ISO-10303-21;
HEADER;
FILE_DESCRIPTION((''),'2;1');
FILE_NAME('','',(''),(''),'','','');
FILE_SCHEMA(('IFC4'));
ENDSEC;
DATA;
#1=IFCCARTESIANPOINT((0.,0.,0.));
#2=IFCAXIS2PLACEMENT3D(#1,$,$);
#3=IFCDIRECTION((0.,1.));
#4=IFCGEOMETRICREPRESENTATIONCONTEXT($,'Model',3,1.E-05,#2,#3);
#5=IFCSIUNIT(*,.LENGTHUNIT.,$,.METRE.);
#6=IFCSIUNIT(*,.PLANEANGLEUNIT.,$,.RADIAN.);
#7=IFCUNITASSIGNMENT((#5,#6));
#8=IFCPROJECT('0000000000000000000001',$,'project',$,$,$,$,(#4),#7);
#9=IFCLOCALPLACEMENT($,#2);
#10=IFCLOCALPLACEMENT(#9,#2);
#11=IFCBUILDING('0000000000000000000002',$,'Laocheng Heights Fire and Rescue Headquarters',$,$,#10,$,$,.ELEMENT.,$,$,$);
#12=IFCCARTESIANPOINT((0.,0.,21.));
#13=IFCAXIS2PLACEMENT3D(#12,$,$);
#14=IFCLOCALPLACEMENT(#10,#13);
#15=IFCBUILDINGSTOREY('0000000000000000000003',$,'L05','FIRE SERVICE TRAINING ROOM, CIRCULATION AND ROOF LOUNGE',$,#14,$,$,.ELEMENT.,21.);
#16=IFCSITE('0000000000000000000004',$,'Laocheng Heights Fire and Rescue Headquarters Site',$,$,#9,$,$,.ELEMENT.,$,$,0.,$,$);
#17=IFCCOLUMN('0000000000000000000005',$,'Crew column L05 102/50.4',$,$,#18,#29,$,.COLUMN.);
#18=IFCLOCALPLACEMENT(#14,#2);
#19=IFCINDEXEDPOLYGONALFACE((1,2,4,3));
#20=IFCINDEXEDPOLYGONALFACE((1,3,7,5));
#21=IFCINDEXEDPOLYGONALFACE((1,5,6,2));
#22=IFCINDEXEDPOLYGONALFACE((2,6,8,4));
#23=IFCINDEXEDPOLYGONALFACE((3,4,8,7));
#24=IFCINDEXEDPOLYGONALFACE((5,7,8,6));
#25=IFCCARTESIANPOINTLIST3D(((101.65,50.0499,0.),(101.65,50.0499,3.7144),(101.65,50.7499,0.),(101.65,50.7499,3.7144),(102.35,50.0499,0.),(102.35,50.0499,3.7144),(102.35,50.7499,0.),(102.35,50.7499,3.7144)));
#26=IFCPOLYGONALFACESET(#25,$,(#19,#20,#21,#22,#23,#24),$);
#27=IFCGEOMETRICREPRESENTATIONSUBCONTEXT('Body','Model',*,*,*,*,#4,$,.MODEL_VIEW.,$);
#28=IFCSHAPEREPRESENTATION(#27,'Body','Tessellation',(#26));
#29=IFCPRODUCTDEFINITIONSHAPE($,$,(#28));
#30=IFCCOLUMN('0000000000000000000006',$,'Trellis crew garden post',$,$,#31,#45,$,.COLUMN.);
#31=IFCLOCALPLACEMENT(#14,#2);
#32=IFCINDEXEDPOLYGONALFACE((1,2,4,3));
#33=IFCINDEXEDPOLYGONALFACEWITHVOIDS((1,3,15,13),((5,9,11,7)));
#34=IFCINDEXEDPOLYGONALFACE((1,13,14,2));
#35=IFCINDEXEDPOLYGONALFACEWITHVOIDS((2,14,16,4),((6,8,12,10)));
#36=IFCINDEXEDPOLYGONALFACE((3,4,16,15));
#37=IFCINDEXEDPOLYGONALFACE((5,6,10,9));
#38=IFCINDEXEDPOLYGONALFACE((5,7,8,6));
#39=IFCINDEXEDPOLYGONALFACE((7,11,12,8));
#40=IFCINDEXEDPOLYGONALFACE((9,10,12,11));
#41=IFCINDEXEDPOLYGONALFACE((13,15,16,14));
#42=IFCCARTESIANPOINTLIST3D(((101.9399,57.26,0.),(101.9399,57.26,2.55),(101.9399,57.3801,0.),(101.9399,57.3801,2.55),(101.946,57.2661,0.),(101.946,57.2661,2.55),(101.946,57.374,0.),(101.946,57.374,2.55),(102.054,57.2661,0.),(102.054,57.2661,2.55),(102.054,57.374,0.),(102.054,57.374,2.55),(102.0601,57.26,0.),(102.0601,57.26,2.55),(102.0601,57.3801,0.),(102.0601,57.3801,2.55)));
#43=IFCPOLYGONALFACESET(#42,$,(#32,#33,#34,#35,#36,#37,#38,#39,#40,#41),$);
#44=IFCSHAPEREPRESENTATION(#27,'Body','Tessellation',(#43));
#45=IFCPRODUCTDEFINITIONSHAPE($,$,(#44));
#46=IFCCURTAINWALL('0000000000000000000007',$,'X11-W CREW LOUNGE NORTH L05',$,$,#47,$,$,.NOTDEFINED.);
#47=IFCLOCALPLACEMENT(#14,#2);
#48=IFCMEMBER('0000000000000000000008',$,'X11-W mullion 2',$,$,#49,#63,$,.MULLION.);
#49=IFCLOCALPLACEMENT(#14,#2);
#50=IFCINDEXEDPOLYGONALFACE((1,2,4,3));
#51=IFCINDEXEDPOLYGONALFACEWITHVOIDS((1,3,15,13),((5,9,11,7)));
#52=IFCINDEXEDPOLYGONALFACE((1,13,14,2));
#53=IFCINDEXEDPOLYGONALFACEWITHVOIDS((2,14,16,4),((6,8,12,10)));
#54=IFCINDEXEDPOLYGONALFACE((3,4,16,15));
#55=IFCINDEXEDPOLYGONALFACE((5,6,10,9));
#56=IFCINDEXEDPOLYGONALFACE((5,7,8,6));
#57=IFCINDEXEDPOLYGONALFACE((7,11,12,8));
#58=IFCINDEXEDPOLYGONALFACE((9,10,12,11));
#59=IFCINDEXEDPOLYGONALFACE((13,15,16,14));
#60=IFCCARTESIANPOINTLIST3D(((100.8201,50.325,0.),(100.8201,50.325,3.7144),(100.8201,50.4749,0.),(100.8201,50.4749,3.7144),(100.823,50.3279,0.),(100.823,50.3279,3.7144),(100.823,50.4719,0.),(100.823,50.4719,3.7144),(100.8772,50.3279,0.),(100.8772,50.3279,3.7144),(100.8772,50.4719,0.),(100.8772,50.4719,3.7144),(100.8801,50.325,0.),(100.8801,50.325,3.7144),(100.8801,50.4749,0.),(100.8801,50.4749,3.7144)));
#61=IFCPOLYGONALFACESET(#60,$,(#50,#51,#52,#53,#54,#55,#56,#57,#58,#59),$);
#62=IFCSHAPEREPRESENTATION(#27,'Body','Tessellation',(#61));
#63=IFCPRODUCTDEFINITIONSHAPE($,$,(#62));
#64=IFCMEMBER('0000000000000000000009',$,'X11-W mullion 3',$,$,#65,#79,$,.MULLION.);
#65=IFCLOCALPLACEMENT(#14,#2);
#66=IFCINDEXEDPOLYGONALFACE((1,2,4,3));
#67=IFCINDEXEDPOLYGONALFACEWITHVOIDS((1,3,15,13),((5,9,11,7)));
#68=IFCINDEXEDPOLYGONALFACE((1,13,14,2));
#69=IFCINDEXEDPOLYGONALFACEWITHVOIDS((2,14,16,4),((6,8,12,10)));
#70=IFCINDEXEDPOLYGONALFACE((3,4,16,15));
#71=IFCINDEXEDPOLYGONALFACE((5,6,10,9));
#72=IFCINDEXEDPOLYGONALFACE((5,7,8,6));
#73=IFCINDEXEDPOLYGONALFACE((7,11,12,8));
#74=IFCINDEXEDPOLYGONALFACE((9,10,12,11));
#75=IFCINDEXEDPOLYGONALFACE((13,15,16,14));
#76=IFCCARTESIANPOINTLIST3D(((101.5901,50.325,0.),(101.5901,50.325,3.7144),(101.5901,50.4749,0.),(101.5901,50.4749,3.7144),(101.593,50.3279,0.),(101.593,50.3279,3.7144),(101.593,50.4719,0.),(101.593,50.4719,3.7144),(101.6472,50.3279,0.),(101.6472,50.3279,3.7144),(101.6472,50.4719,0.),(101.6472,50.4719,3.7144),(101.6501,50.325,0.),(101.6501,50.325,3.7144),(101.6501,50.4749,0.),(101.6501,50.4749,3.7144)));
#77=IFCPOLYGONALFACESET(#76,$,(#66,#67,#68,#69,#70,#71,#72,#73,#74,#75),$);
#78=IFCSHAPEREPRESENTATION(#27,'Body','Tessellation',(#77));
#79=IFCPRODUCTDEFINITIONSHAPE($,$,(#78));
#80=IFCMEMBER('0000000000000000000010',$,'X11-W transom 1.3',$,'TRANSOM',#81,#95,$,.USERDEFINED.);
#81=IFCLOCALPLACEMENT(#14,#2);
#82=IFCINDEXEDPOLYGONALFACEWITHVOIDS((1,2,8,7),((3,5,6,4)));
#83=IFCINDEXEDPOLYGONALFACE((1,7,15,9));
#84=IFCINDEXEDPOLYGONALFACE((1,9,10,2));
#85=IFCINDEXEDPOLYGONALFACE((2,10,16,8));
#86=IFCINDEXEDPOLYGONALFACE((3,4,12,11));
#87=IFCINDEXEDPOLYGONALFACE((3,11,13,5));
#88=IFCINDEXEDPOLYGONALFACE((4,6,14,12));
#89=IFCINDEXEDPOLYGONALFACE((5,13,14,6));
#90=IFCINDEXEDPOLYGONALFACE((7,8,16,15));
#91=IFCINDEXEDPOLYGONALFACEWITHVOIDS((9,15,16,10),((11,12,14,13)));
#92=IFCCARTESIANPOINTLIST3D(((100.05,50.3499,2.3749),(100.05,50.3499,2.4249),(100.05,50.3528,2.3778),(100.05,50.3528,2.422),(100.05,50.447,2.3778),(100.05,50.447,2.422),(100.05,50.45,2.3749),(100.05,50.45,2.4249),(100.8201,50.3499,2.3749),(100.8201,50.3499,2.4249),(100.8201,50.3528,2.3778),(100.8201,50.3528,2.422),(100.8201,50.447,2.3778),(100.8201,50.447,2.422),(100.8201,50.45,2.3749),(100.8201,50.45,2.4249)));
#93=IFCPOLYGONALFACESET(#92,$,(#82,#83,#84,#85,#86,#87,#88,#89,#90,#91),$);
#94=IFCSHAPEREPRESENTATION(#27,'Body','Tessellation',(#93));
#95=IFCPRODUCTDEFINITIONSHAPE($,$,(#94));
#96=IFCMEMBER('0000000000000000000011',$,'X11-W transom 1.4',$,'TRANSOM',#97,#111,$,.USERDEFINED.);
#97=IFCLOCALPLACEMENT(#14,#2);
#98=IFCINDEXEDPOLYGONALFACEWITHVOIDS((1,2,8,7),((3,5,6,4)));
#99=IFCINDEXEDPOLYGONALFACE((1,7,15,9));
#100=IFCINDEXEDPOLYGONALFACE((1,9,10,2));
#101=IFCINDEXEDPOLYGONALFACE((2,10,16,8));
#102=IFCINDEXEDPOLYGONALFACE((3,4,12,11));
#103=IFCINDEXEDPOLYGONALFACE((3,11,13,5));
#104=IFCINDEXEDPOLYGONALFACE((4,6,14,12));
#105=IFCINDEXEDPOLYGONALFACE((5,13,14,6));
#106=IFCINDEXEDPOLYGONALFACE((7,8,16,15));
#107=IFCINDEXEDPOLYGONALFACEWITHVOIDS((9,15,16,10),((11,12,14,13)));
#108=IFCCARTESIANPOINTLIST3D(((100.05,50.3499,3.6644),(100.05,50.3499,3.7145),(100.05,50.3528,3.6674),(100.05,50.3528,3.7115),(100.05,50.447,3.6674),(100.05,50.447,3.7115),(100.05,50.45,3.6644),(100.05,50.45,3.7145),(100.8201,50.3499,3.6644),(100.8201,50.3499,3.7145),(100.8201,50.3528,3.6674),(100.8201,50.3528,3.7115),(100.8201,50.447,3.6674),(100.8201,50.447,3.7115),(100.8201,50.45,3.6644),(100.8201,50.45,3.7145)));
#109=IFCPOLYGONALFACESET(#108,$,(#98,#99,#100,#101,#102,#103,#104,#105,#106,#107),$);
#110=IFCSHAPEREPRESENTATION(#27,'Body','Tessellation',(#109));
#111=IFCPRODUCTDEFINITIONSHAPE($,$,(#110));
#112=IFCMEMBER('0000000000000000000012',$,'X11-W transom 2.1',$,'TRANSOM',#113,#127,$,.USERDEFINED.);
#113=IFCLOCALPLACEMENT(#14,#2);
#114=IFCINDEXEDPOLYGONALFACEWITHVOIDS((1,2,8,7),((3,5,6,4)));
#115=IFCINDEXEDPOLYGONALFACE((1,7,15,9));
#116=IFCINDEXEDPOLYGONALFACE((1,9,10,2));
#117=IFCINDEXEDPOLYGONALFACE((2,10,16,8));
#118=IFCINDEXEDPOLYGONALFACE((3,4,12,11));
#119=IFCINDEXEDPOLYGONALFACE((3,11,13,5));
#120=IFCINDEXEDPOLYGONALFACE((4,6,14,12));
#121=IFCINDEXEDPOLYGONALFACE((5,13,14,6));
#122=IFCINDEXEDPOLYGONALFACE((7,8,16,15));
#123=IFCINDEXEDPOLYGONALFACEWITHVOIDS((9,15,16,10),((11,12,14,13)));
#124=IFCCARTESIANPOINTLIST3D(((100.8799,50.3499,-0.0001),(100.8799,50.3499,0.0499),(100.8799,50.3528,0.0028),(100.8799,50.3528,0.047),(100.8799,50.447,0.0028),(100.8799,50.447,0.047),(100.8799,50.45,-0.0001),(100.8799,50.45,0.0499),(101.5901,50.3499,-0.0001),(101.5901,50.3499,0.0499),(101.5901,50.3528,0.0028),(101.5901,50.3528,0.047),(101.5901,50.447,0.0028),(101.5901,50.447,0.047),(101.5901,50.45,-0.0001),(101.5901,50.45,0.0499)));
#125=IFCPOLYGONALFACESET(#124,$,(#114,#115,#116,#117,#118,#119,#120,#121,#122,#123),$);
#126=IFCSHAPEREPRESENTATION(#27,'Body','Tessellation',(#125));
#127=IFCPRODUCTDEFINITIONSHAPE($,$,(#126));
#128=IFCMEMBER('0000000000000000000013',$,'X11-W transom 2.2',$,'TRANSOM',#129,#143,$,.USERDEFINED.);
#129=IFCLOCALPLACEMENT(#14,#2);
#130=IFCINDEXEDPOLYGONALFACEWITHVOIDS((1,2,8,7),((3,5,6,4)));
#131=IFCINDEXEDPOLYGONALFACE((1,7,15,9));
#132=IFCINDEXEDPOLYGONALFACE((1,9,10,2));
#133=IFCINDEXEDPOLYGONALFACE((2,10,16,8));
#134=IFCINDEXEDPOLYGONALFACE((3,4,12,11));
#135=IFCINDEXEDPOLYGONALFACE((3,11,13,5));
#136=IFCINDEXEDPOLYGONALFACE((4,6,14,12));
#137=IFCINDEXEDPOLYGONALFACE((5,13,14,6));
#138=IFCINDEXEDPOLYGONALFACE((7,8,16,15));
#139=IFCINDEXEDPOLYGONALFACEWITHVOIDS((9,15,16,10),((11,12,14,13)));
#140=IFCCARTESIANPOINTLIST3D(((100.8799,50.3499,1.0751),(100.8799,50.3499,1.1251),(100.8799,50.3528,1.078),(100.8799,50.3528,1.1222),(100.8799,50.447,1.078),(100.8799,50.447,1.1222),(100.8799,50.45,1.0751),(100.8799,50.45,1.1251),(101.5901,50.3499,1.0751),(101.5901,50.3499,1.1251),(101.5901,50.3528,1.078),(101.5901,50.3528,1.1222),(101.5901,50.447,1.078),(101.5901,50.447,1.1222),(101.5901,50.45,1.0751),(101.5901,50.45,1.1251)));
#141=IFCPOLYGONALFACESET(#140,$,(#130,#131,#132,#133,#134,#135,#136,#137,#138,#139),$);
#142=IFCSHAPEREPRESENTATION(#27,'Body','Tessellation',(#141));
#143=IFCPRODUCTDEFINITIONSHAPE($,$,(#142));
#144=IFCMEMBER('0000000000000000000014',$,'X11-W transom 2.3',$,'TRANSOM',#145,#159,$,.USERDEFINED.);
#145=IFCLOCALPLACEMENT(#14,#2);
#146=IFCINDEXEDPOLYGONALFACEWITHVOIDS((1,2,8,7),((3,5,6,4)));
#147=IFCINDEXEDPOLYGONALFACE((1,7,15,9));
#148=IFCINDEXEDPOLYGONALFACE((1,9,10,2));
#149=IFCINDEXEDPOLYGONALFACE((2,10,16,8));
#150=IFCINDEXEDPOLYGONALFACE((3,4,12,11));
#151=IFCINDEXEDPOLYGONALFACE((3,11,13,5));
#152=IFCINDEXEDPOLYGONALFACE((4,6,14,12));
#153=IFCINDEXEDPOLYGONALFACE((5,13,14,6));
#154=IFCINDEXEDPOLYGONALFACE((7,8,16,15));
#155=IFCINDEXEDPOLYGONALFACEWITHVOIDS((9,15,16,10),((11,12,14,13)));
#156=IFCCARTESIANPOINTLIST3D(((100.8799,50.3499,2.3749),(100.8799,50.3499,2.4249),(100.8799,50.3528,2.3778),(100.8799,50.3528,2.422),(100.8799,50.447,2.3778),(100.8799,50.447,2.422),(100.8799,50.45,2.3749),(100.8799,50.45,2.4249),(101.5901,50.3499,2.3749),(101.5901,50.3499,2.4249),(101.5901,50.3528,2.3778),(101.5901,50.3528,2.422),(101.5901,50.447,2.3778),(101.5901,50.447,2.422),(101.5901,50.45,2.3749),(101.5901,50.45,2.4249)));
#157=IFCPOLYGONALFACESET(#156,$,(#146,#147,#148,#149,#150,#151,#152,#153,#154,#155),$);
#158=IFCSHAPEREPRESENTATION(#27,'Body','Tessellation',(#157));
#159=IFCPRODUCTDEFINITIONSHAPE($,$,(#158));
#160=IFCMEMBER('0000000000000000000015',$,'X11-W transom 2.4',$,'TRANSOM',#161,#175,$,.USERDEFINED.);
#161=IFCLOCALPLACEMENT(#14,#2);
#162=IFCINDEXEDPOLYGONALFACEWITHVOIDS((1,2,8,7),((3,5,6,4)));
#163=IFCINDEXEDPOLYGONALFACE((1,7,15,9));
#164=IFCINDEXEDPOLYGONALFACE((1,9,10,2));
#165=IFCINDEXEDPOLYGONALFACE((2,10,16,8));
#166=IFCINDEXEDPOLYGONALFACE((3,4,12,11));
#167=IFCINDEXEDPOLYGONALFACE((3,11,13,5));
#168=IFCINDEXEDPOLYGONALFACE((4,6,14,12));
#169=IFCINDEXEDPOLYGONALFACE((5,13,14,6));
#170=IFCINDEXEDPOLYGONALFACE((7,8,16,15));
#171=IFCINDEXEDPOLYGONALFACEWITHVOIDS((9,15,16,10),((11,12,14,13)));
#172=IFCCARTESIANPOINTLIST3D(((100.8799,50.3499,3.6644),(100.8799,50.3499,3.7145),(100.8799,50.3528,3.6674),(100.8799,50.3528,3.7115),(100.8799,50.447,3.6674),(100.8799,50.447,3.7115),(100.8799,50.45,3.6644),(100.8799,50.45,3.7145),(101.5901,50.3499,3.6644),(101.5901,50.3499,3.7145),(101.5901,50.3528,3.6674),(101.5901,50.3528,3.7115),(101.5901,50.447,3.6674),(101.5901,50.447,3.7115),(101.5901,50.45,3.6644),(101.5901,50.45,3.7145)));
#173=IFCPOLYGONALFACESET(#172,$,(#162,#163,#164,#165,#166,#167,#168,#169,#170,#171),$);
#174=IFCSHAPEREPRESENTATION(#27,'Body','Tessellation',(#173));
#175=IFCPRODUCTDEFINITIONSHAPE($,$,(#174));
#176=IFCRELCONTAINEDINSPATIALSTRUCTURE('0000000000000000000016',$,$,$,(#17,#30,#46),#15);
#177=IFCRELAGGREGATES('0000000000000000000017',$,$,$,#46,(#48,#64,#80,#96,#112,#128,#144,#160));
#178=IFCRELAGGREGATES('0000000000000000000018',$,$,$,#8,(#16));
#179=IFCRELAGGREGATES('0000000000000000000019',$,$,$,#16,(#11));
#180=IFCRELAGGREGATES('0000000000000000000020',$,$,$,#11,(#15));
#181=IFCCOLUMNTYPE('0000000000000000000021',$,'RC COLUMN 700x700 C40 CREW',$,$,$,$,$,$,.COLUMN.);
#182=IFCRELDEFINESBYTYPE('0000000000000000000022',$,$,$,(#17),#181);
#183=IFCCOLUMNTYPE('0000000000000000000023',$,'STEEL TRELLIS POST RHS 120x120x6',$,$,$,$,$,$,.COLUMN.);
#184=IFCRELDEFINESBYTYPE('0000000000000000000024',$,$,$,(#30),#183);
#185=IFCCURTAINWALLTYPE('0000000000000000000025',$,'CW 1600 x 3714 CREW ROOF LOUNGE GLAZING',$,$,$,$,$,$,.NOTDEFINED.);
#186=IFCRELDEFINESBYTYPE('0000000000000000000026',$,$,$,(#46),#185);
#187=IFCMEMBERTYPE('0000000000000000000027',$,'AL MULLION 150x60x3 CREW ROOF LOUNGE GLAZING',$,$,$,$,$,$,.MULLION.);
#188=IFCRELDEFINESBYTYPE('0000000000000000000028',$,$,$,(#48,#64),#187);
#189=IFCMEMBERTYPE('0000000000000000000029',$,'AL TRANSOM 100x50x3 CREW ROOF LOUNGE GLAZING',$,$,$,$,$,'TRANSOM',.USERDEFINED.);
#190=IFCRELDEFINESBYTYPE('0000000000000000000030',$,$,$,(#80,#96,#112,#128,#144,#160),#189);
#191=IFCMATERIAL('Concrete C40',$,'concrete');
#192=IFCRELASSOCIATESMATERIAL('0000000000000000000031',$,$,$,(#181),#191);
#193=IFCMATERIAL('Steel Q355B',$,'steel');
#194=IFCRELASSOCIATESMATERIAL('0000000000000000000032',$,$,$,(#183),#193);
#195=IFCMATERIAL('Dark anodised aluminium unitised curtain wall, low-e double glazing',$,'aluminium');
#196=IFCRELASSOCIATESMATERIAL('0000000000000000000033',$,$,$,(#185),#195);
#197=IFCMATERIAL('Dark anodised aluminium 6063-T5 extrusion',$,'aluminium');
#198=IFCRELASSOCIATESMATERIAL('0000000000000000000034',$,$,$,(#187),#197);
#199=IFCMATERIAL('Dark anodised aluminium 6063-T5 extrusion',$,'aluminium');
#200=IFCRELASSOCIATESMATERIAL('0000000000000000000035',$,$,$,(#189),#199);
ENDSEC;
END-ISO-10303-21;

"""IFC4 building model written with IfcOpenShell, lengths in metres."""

from ifc_helpers import new_model, si_unit, direction, frame, origin, origin_2d, place, context, subcontext, project, spatial, rectangle, hollow_rectangle, extrude, material, material_profile, profile_set, type_object, element, aggregate, save


model = new_model("IFC4")

# Units and contexts
model_context = context("Model", 3, precision=1e-05, world=origin(), true_north=direction((0.0, 1.0)))
body_context = subcontext(model_context, "Body", "Model", "MODEL_VIEW")
ifc_project = project(units=[si_unit("LENGTHUNIT", "METRE"), si_unit("PLANEANGLEUNIT", "RADIAN")], contexts=[model_context])

# Site, building, storey
site_placement = place(None, origin())
site = spatial("IfcSite", under=ifc_project, at=site_placement, Name="Laocheng Heights Fire and Rescue Headquarters Site", CompositionType="ELEMENT", RefElevation=0.0)
building_placement = place(site_placement, origin())
building = spatial("IfcBuilding", under=site, at=building_placement, Name="Laocheng Heights Fire and Rescue Headquarters", CompositionType="ELEMENT")
storey_placement = place(building_placement, frame((0.0, 0.0, 21.0)))
storey = spatial("IfcBuildingStorey", under=building, at=storey_placement, Name="L05", Description="FIRE SERVICE TRAINING ROOM, CIRCULATION AND ROOF LOUNGE", CompositionType="ELEMENT", Elevation=21.0)

# Columns
ifc_material_1 = material(Name="Concrete C40", Category="concrete")
ifc_material_profile_1 = material_profile(ifc_material_1, rectangle(XDim=0.7, YDim=0.7, at=origin_2d()), Name="RC COLUMN 700x700 C40 CREW")
ifc_profile_set_1 = profile_set([ifc_material_profile_1], Name="Concrete C40")
column_type_1 = type_object("IfcColumnType", Name="RC COLUMN 700x700 C40 CREW", PredefinedType="COLUMN", material=ifc_profile_set_1)
column_1_placement = place(storey_placement, frame((102.0, 50.3999, 0.0), z_axis=(0.0, 0.0, 1.0), x_axis=(1.0, 0.0, 0.0)))
element("IfcColumn", 1, at=column_1_placement, inside=storey, type_object=column_type_1, Name="Crew column L05 102/50.4", PredefinedType="COLUMN", context=body_context, shape_type="SweptSolid", body=[
    extrude(rectangle(XDim=0.7, YDim=0.7, at=origin_2d()), origin(), (0.0, 0.0, 1.0), 3.7144),
])
ifc_material_2 = material(Name="Steel Q355B", Category="steel")
ifc_material_profile_2 = material_profile(ifc_material_2, hollow_rectangle(XDim=0.1201, YDim=0.1201, WallThickness=0.0061, at=origin_2d()), Name="RHS 120x120x6")
ifc_profile_set_2 = profile_set([ifc_material_profile_2], Name="Steel Q355B")
column_type_2 = type_object("IfcColumnType", Name="STEEL TRELLIS POST RHS 120x120x6", PredefinedType="COLUMN", material=ifc_profile_set_2)
column_2_placement = place(storey_placement, frame((102.0, 57.3201, 0.0), z_axis=(0.0, 0.0, 1.0), x_axis=(1.0, 0.0, 0.0)))
element("IfcColumn", 2, at=column_2_placement, inside=storey, type_object=column_type_2, Name="Trellis crew garden post", PredefinedType="COLUMN", context=body_context, shape_type="SweptSolid", body=[
    extrude(hollow_rectangle(XDim=0.1201, YDim=0.1201, WallThickness=0.0061, at=origin_2d()), origin(), (0.0, 0.0, 1.0), 2.55),
])

# Curtain wall, members
ifc_material_3 = material(Name="Dark anodised aluminium unitised curtain wall, low-e double glazing", Category="aluminium")
curtain_wall_type = type_object("IfcCurtainWallType", Name="CW 1600 x 3714 CREW ROOF LOUNGE GLAZING", PredefinedType="NOTDEFINED", material=ifc_material_3)
curtain_wall_placement = place(storey_placement, origin())
curtain_wall = element("IfcCurtainWall", 3, at=curtain_wall_placement, inside=storey, type_object=curtain_wall_type, Name="X11-W CREW LOUNGE NORTH L05", PredefinedType="NOTDEFINED")
ifc_material_4 = material(Name="Dark anodised aluminium 6063-T5 extrusion", Category="aluminium")
ifc_material_profile_3 = material_profile(ifc_material_4, hollow_rectangle(XDim=0.1499, YDim=0.0601, WallThickness=0.0029, at=origin_2d()), Name="AL MULLION 150x60x3 CREW ROOF LOUNGE GLAZING")
ifc_profile_set_3 = profile_set([ifc_material_profile_3], Name="Dark anodised aluminium 6063-T5 extrusion")
member_type_1 = type_object("IfcMemberType", Name="AL MULLION 150x60x3 CREW ROOF LOUNGE GLAZING", PredefinedType="MULLION", material=ifc_profile_set_3)
member_1_placement = place(storey_placement, frame((100.8501, 50.3999, 0.0), z_axis=(0.0, 0.0, 1.0), x_axis=(0.0, 1.0, 0.0)))
member_1 = element("IfcMember", 4, at=member_1_placement, type_object=member_type_1, Name="X11-W mullion 2", PredefinedType="MULLION", context=body_context, shape_type="SweptSolid", body=[
    extrude(hollow_rectangle(XDim=0.1499, YDim=0.0601, WallThickness=0.0029, at=origin_2d()), origin(), (0.0, 0.0, 1.0), 3.7144),
])
member_2_placement = place(storey_placement, frame((101.6201, 50.3999, 0.0), z_axis=(0.0, 0.0, 1.0), x_axis=(0.0, 1.0, 0.0)))
member_2 = element("IfcMember", 5, at=member_2_placement, type_object=member_type_1, Name="X11-W mullion 3", PredefinedType="MULLION", context=body_context, shape_type="SweptSolid", body=[
    extrude(hollow_rectangle(XDim=0.1499, YDim=0.0601, WallThickness=0.0029, at=origin_2d()), origin(), (0.0, 0.0, 1.0), 3.7144),
])
ifc_material_5 = material(Name="Dark anodised aluminium 6063-T5 extrusion", Category="aluminium")
ifc_material_profile_4 = material_profile(ifc_material_5, hollow_rectangle(XDim=0.1001, YDim=0.05, WallThickness=0.0029, at=origin_2d()), Name="AL TRANSOM 100x50x3 CREW ROOF LOUNGE GLAZING")
ifc_profile_set_4 = profile_set([ifc_material_profile_4], Name="Dark anodised aluminium 6063-T5 extrusion")
member_type_2 = type_object("IfcMemberType", Name="AL TRANSOM 100x50x3 CREW ROOF LOUNGE GLAZING", ElementType="TRANSOM", PredefinedType="USERDEFINED", material=ifc_profile_set_4)
member_3_placement = place(storey_placement, frame((100.05, 50.3999, 2.3999), z_axis=(1.0, 0.0, 0.0), x_axis=(0.0, 1.0, 0.0)))
member_3 = element("IfcMember", 6, at=member_3_placement, type_object=member_type_2, Name="X11-W transom 1.3", ObjectType="TRANSOM", PredefinedType="USERDEFINED", context=body_context, shape_type="SweptSolid", body=[
    extrude(hollow_rectangle(XDim=0.1001, YDim=0.05, WallThickness=0.0029, at=origin_2d()), origin(), (0.0, 0.0, 1.0), 0.77),
])
member_4_placement = place(storey_placement, frame((100.05, 50.3999, 3.6895), z_axis=(1.0, 0.0, 0.0), x_axis=(0.0, 1.0, 0.0)))
member_4 = element("IfcMember", 7, at=member_4_placement, type_object=member_type_2, Name="X11-W transom 1.4", ObjectType="TRANSOM", PredefinedType="USERDEFINED", context=body_context, shape_type="SweptSolid", body=[
    extrude(hollow_rectangle(XDim=0.1001, YDim=0.05, WallThickness=0.0029, at=origin_2d()), origin(), (0.0, 0.0, 1.0), 0.77),
])
member_5_placement = place(storey_placement, frame((100.8799, 50.3999, 0.0249), z_axis=(1.0, 0.0, 0.0), x_axis=(0.0, 1.0, 0.0)))
member_5 = element("IfcMember", 8, at=member_5_placement, type_object=member_type_2, Name="X11-W transom 2.1", ObjectType="TRANSOM", PredefinedType="USERDEFINED", context=body_context, shape_type="SweptSolid", body=[
    extrude(hollow_rectangle(XDim=0.1001, YDim=0.05, WallThickness=0.0029, at=origin_2d()), origin(), (0.0, 0.0, 1.0), 0.7102),
])
member_6_placement = place(storey_placement, frame((100.8799, 50.3999, 1.1001), z_axis=(1.0, 0.0, 0.0), x_axis=(0.0, 1.0, 0.0)))
member_6 = element("IfcMember", 9, at=member_6_placement, type_object=member_type_2, Name="X11-W transom 2.2", ObjectType="TRANSOM", PredefinedType="USERDEFINED", context=body_context, shape_type="SweptSolid", body=[
    extrude(hollow_rectangle(XDim=0.1001, YDim=0.05, WallThickness=0.0029, at=origin_2d()), origin(), (0.0, 0.0, 1.0), 0.7102),
])
member_7_placement = place(storey_placement, frame((100.8799, 50.3999, 2.3999), z_axis=(1.0, 0.0, 0.0), x_axis=(0.0, 1.0, 0.0)))
member_7 = element("IfcMember", 10, at=member_7_placement, type_object=member_type_2, Name="X11-W transom 2.3", ObjectType="TRANSOM", PredefinedType="USERDEFINED", context=body_context, shape_type="SweptSolid", body=[
    extrude(hollow_rectangle(XDim=0.1001, YDim=0.05, WallThickness=0.0029, at=origin_2d()), origin(), (0.0, 0.0, 1.0), 0.7102),
])
member_8_placement = place(storey_placement, frame((100.8799, 50.3999, 3.6895), z_axis=(1.0, 0.0, 0.0), x_axis=(0.0, 1.0, 0.0)))
member_8 = element("IfcMember", 11, at=member_8_placement, type_object=member_type_2, Name="X11-W transom 2.4", ObjectType="TRANSOM", PredefinedType="USERDEFINED", context=body_context, shape_type="SweptSolid", body=[
    extrude(hollow_rectangle(XDim=0.1001, YDim=0.05, WallThickness=0.0029, at=origin_2d()), origin(), (0.0, 0.0, 1.0), 0.7102),
])

aggregate(curtain_wall, [member_1, member_2, member_3, member_4, member_5, member_6, member_7, member_8])

save(model, "model.ifc")
